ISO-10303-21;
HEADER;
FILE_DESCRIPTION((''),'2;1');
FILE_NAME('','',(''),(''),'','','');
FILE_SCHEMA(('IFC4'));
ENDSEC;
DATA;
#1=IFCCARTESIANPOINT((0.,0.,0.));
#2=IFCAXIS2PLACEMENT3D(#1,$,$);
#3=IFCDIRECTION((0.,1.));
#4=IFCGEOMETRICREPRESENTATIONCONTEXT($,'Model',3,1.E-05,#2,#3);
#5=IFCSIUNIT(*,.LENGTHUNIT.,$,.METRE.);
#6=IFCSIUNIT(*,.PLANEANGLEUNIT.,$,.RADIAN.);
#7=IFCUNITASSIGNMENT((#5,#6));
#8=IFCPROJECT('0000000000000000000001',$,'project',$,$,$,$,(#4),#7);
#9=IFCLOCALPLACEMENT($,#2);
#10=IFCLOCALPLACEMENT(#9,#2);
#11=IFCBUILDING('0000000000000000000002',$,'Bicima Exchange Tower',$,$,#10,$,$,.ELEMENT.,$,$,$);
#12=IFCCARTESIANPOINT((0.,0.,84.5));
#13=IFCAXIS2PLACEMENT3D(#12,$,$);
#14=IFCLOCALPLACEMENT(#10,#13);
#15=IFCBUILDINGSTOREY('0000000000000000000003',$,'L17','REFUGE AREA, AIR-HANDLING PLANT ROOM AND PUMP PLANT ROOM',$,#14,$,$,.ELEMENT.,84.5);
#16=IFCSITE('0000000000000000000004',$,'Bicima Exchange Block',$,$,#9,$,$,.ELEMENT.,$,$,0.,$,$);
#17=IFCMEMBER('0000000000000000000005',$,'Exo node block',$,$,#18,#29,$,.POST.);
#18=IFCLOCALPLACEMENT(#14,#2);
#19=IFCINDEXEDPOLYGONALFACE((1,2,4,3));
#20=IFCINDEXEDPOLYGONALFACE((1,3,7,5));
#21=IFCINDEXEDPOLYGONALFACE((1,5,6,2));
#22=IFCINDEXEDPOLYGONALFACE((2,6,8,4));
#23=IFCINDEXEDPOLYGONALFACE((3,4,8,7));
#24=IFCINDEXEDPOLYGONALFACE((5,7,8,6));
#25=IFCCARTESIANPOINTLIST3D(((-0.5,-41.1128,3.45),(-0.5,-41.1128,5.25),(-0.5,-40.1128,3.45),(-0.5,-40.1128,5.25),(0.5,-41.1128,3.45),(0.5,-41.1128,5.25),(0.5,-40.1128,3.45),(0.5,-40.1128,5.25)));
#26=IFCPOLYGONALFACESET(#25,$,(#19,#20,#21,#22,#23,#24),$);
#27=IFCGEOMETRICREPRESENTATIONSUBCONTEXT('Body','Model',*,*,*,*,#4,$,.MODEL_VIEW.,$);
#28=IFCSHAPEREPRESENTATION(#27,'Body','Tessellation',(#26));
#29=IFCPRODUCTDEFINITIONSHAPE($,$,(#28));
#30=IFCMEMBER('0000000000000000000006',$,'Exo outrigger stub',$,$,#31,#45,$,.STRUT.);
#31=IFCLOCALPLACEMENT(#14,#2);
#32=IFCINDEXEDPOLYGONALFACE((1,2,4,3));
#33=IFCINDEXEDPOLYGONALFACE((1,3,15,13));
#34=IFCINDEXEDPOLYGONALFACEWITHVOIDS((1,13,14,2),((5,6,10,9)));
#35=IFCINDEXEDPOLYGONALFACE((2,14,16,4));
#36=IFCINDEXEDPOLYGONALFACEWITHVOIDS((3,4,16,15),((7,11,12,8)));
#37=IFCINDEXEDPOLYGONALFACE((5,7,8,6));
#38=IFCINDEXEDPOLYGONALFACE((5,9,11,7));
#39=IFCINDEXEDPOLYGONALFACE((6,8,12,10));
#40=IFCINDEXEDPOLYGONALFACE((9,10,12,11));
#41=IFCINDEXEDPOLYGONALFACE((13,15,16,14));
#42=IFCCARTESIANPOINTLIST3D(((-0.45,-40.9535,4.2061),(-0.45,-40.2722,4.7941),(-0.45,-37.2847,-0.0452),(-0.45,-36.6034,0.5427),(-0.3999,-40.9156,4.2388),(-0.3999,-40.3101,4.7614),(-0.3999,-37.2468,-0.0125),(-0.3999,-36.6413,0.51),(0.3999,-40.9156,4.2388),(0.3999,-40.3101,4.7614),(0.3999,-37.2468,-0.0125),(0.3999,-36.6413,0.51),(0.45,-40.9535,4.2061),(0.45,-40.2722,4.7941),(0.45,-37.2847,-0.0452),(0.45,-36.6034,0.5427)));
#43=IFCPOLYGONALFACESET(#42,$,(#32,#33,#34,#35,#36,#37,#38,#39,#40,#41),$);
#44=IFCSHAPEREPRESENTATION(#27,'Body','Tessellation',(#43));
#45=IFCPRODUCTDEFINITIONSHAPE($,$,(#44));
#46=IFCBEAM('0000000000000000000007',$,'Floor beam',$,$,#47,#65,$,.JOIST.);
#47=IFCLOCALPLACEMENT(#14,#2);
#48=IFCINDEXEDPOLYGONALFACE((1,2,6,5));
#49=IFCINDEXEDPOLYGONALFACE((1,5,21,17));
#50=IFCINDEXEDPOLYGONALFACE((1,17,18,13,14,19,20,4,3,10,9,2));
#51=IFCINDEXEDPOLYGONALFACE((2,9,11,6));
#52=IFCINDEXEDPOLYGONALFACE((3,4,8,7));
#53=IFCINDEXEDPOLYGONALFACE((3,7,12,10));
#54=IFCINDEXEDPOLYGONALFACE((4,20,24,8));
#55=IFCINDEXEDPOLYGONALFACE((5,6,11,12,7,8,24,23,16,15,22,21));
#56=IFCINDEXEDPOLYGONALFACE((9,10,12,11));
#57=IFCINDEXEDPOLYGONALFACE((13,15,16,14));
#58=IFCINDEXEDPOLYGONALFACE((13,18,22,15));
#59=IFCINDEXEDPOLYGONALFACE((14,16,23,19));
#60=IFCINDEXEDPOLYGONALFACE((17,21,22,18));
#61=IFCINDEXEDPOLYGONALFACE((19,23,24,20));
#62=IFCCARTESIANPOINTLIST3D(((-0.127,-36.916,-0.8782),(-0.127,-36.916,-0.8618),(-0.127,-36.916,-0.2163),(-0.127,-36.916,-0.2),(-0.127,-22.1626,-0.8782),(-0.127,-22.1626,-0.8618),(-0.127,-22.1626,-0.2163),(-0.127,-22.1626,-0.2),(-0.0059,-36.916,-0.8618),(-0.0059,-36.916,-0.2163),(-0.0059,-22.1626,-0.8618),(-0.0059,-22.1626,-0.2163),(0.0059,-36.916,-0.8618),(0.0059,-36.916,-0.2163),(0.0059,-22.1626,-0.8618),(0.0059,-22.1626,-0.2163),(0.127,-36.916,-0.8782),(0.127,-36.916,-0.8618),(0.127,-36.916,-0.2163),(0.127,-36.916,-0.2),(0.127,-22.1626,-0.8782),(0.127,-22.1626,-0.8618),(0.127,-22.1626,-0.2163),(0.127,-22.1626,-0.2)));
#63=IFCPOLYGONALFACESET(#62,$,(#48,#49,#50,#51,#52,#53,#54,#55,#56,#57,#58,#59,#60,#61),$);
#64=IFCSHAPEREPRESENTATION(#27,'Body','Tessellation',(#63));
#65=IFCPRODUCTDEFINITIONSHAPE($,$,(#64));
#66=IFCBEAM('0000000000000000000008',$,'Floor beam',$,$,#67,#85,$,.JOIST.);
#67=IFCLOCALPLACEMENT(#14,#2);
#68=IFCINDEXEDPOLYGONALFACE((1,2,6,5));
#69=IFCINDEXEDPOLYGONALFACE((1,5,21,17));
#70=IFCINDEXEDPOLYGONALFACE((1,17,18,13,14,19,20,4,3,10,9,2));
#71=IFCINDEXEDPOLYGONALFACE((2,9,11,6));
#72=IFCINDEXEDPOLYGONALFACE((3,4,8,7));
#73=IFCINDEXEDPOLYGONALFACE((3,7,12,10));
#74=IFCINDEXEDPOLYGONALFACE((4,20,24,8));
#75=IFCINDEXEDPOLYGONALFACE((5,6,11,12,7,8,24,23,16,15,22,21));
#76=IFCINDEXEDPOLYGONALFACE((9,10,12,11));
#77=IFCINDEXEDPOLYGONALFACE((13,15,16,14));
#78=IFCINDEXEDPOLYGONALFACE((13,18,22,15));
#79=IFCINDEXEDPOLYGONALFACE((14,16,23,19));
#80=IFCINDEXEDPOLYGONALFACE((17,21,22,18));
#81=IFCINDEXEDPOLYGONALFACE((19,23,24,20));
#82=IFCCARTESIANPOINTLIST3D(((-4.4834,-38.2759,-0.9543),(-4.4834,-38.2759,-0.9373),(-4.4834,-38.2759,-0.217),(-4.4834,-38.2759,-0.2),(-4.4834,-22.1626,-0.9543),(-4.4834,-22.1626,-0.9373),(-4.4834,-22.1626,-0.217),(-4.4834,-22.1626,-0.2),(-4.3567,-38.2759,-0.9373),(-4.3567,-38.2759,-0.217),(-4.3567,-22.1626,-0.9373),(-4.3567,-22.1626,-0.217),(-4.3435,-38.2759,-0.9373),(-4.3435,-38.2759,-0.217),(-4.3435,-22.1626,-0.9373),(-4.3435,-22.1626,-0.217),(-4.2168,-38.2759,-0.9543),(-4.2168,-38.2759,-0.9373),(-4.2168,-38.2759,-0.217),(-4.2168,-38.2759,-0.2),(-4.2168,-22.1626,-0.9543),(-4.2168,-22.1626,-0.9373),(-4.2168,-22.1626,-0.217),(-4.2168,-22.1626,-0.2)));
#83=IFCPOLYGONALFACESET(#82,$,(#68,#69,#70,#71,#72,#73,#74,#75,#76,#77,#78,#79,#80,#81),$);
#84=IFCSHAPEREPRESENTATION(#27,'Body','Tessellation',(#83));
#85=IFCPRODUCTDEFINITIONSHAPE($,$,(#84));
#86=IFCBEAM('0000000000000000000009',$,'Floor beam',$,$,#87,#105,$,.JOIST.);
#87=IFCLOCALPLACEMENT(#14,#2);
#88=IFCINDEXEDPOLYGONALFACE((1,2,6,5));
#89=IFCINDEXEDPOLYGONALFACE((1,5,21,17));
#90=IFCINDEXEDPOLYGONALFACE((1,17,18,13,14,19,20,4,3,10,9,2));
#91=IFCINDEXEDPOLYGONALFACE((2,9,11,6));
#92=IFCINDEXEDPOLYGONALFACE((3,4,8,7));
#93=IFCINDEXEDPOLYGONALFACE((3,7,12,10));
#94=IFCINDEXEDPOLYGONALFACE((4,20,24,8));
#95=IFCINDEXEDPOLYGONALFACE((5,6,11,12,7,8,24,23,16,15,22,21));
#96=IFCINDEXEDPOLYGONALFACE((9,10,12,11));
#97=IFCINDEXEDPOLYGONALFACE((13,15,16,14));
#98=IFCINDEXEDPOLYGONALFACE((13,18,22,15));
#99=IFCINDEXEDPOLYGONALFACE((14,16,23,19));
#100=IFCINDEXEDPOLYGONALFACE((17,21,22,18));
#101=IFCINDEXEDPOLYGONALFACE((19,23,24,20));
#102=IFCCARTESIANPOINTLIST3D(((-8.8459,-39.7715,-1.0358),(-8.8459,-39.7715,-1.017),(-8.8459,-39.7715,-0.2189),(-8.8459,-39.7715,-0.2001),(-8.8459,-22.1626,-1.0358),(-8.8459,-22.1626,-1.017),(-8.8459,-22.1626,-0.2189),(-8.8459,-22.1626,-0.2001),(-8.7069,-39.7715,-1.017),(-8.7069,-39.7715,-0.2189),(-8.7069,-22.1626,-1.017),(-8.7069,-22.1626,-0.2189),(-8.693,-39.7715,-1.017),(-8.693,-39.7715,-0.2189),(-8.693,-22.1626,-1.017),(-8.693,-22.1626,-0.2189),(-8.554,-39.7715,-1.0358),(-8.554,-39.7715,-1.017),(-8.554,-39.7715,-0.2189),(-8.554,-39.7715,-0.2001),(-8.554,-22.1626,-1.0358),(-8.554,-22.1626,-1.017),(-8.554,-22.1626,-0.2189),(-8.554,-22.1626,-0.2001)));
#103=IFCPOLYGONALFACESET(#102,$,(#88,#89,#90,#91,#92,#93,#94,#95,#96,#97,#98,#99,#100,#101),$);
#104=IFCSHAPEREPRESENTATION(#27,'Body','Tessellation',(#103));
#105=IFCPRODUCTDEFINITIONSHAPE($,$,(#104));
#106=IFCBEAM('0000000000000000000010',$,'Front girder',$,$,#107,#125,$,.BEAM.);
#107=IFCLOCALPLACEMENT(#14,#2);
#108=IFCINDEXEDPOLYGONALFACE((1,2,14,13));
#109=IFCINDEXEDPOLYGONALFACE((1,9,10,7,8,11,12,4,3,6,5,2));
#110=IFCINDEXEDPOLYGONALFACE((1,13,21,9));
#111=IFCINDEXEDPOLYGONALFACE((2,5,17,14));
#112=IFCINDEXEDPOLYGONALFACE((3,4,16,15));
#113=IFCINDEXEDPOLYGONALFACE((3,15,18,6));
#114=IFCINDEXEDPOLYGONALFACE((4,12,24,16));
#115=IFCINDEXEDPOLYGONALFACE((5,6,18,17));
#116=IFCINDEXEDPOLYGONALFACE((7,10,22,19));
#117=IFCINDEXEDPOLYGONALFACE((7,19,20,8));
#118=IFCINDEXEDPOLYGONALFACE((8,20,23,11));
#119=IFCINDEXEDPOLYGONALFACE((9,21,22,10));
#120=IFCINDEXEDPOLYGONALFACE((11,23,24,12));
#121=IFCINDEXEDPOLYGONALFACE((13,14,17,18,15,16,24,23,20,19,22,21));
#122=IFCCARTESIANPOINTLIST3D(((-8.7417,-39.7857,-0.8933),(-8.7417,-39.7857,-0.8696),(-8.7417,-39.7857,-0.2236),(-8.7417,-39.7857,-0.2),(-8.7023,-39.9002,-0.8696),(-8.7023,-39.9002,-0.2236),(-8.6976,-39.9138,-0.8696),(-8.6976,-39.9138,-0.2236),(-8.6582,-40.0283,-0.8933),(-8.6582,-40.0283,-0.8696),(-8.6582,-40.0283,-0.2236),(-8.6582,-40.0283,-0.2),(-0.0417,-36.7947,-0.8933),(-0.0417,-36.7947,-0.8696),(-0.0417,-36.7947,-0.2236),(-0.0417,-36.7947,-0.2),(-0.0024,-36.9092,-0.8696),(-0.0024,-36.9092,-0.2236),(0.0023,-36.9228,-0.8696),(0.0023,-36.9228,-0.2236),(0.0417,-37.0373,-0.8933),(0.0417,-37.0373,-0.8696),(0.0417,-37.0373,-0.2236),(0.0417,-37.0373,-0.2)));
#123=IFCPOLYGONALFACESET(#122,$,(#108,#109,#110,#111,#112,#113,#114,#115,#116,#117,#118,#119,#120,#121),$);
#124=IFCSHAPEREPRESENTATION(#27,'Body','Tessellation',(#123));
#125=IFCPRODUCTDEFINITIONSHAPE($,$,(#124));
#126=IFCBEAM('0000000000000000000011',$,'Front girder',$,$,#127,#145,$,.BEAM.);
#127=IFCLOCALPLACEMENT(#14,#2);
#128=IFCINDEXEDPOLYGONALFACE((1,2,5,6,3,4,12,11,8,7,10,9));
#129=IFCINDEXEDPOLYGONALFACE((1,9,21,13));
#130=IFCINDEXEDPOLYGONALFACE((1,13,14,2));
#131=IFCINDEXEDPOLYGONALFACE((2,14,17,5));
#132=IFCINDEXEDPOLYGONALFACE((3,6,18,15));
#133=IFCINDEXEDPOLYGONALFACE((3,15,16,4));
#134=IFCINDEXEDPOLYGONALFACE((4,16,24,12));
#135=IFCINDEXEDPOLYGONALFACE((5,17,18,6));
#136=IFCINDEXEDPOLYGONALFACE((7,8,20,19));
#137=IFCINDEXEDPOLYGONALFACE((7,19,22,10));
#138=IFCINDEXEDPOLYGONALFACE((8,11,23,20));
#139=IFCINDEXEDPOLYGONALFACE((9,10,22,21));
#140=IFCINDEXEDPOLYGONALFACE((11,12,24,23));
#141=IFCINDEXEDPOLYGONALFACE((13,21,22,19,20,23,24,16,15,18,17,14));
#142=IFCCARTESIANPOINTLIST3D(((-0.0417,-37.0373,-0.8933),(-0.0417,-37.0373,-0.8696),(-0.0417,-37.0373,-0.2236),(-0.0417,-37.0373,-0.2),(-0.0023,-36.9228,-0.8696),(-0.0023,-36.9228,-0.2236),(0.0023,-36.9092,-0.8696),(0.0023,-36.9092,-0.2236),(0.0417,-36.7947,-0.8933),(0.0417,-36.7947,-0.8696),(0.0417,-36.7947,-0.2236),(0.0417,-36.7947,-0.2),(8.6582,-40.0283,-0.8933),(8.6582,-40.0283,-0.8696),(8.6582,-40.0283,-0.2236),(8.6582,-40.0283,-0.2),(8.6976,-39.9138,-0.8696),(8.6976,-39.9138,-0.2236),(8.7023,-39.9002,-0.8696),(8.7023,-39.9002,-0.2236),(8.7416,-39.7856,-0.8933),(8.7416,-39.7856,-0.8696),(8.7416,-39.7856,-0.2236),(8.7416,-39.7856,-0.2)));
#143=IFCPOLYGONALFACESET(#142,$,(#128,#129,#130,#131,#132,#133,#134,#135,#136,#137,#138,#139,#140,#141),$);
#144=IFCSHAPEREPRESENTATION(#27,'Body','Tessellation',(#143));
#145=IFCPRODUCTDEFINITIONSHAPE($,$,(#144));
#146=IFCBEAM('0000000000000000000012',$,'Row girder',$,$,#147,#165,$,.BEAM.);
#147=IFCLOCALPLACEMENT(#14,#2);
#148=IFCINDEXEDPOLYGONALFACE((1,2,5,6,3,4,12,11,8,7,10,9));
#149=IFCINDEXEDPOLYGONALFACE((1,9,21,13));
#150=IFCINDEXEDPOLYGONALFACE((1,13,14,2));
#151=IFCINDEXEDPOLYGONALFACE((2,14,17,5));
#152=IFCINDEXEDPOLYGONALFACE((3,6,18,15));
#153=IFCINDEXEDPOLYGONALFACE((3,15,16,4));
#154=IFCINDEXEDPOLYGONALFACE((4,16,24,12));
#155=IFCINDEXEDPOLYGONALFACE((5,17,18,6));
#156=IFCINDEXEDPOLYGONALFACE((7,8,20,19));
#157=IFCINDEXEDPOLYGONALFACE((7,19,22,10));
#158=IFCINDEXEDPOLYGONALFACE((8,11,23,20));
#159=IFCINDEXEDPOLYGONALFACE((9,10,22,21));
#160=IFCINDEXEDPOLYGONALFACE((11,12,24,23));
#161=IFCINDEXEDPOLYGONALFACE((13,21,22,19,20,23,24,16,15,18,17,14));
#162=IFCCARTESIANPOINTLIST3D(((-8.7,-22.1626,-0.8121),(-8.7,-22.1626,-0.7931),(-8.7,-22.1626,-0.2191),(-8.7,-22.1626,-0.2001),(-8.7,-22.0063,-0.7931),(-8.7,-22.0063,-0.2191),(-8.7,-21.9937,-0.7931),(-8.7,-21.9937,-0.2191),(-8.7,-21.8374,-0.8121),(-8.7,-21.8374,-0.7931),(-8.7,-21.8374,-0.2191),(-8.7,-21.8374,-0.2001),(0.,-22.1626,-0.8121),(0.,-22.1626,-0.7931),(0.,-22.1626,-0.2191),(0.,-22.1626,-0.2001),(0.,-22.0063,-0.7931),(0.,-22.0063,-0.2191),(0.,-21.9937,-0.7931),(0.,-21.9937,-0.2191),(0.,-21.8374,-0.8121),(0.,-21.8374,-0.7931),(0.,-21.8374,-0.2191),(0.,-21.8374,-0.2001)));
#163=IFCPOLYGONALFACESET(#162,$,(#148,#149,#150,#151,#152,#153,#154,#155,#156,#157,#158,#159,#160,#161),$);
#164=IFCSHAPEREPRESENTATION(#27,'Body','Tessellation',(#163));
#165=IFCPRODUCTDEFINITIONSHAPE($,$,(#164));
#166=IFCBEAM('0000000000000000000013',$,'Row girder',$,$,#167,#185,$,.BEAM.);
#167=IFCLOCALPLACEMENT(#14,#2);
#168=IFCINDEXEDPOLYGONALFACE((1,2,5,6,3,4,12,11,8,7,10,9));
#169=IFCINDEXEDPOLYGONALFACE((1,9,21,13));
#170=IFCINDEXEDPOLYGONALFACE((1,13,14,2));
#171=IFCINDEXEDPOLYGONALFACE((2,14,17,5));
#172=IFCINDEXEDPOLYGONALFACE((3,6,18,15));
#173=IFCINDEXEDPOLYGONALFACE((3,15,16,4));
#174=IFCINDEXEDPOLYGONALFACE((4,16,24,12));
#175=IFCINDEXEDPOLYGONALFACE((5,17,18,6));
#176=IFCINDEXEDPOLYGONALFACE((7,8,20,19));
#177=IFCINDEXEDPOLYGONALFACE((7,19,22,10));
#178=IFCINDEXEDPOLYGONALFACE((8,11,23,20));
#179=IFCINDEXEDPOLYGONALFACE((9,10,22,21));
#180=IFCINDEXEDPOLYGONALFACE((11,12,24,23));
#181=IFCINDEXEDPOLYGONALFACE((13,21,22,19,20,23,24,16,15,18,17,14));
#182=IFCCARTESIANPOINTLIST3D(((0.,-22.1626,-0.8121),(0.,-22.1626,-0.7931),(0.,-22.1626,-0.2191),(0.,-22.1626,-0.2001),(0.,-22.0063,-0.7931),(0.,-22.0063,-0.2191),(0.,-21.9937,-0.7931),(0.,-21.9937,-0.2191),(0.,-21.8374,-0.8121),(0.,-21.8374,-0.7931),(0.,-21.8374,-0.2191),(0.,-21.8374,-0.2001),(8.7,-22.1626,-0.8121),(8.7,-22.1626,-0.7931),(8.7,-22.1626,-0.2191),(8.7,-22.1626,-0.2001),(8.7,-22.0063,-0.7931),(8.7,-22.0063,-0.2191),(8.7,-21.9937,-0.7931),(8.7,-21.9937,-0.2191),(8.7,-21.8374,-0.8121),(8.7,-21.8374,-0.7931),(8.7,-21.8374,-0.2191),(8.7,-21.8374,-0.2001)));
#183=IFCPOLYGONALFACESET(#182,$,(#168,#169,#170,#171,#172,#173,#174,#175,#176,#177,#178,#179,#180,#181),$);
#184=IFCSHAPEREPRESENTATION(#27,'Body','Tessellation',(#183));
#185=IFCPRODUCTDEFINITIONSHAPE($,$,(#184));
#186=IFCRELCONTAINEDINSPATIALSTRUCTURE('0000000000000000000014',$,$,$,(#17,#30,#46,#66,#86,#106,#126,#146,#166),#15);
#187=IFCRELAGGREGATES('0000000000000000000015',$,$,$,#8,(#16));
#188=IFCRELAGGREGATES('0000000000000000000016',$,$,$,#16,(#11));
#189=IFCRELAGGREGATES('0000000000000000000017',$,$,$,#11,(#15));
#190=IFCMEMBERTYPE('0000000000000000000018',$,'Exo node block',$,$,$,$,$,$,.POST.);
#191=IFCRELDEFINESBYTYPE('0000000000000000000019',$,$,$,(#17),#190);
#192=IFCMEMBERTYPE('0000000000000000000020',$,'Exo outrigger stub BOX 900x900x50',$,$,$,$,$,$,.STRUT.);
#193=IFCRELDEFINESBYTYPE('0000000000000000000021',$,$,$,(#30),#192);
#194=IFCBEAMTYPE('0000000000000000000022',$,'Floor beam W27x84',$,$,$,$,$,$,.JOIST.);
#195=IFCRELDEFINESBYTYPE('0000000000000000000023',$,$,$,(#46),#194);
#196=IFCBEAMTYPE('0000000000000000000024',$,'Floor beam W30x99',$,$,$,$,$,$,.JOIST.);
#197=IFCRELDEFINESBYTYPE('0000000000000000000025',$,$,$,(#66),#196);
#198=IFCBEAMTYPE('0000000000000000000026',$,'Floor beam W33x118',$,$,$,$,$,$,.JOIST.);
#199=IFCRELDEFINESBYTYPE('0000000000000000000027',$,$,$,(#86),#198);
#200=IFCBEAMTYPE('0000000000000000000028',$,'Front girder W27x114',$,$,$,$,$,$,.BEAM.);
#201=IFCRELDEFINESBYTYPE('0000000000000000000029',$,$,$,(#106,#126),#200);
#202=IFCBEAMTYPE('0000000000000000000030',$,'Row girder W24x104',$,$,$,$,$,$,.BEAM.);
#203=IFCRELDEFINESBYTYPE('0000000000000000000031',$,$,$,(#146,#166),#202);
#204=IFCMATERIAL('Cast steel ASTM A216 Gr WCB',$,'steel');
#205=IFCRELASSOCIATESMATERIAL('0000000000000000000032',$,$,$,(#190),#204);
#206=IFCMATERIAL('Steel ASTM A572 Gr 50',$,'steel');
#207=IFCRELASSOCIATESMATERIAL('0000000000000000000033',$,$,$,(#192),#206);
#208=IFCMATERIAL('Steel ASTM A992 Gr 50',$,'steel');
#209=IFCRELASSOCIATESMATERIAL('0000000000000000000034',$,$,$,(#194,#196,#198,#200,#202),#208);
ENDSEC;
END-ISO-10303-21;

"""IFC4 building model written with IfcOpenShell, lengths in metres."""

from ifc_helpers import new_model, si_unit, direction, frame, origin, origin_2d, place, context, subcontext, project, spatial, rectangle, hollow_rectangle, i_section, extrude, material, material_profile, profile_set, type_object, element, save


model = new_model("IFC4")

# Units and contexts
model_context = context("Model", 3, precision=1e-05, world=origin(), true_north=direction((0.0, 1.0)))
body_context = subcontext(model_context, "Body", "Model", "MODEL_VIEW")
ifc_project = project(units=[si_unit("LENGTHUNIT", "METRE"), si_unit("PLANEANGLEUNIT", "RADIAN")], contexts=[model_context])

# Site, building, storey
site_placement = place(None, origin())
site = spatial("IfcSite", under=ifc_project, at=site_placement, Name="Bicima Exchange Block", CompositionType="ELEMENT", RefElevation=0.0)
building_placement = place(site_placement, origin())
building = spatial("IfcBuilding", under=site, at=building_placement, Name="Bicima Exchange Tower", CompositionType="ELEMENT")
storey_placement = place(building_placement, frame((0.0, 0.0, 84.5)))
storey = spatial("IfcBuildingStorey", under=building, at=storey_placement, Name="L17", Description="REFUGE AREA, AIR-HANDLING PLANT ROOM AND PUMP PLANT ROOM", CompositionType="ELEMENT", Elevation=84.5)

# Shared definitions
ifc_material_1 = material(Name="Steel ASTM A992 Gr 50", Category="steel")

# Members
ifc_material_2 = material(Name="Steel ASTM A572 Gr 50", Category="steel")
ifc_material_3 = material(Name="Cast steel ASTM A216 Gr WCB", Category="steel")
ifc_material_profile_1 = material_profile(ifc_material_3, rectangle(XDim=1.0, YDim=1.0, at=origin_2d()))
ifc_profile_set_1 = profile_set([ifc_material_profile_1], Name="Cast steel ASTM A216 Gr WCB")
member_type_1 = type_object("IfcMemberType", Name="Exo node block", PredefinedType="POST", material=ifc_profile_set_1)
member_1_placement = place(storey_placement, frame((0.0, -40.6128, 3.45), z_axis=(0.0, 0.0, 1.0), x_axis=(1.0, 0.0, 0.0)))
element("IfcMember", 1, at=member_1_placement, inside=storey, type_object=member_type_1, Name="Exo node block", PredefinedType="POST", context=body_context, shape_type="SweptSolid", body=[
    extrude(rectangle(XDim=1.0, YDim=1.0, at=origin_2d()), origin(), (0.0, 0.0, 1.0), 1.8),
])
ifc_material_profile_2 = material_profile(ifc_material_2, hollow_rectangle(XDim=0.8999, YDim=0.8999, WallThickness=0.05, at=origin_2d()))
ifc_profile_set_2 = profile_set([ifc_material_profile_2], Name="Steel ASTM A572 Gr 50")
member_type_2 = type_object("IfcMemberType", Name="Exo outrigger stub BOX 900x900x50", PredefinedType="STRUT", material=ifc_profile_set_2)
member_2_placement = place(storey_placement, frame((0.0, -36.9441, 0.2488), z_axis=(0.0, -0.653333, 0.75707), x_axis=(1.0, 0.0, 0.0)))
element("IfcMember", 2, at=member_2_placement, inside=storey, type_object=member_type_2, Name="Exo outrigger stub", PredefinedType="STRUT", context=body_context, shape_type="SweptSolid", body=[
    extrude(hollow_rectangle(XDim=0.8999, YDim=0.8999, WallThickness=0.05, at=origin_2d()), origin(), (0.0, 0.0, 1.0), 5.6155),
])

# Beams
ifc_material_profile_3 = material_profile(ifc_material_1, i_section(OverallWidth=0.2539, OverallDepth=0.6782, WebThickness=0.0117, FlangeThickness=0.0164, at=origin_2d()))
ifc_profile_set_3 = profile_set([ifc_material_profile_3], Name="Steel ASTM A992 Gr 50")
beam_type_1 = type_object("IfcBeamType", Name="Floor beam W27x84", PredefinedType="JOIST", material=ifc_profile_set_3)
beam_1_placement = place(storey_placement, frame((0.0, -22.1626, -0.5391), z_axis=(0.0, -1.0, 0.0), x_axis=(1.0, 0.0, 0.0)))
element("IfcBeam", 3, at=beam_1_placement, inside=storey, type_object=beam_type_1, Name="Floor beam", PredefinedType="JOIST", context=body_context, shape_type="SweptSolid", body=[
    extrude(i_section(OverallWidth=0.2539, OverallDepth=0.6782, WebThickness=0.0117, FlangeThickness=0.0164, at=origin_2d()), origin(), (0.0, 0.0, 1.0), 14.7534),
])
ifc_material_profile_4 = material_profile(ifc_material_1, i_section(OverallWidth=0.2666, OverallDepth=0.7544, WebThickness=0.0132, FlangeThickness=0.0171, at=origin_2d()))
ifc_profile_set_4 = profile_set([ifc_material_profile_4], Name="Steel ASTM A992 Gr 50")
beam_type_2 = type_object("IfcBeamType", Name="Floor beam W30x99", PredefinedType="JOIST", material=ifc_profile_set_4)
beam_2_placement = place(storey_placement, frame((-4.3501, -22.1626, -0.5771), z_axis=(0.0, -1.0, 0.0), x_axis=(1.0, 0.0, 0.0)))
element("IfcBeam", 4, at=beam_2_placement, inside=storey, type_object=beam_type_2, Name="Floor beam", PredefinedType="JOIST", context=body_context, shape_type="SweptSolid", body=[
    extrude(i_section(OverallWidth=0.2666, OverallDepth=0.7544, WebThickness=0.0132, FlangeThickness=0.0171, at=origin_2d()), origin(), (0.0, 0.0, 1.0), 16.1133),
])
ifc_material_profile_5 = material_profile(ifc_material_1, i_section(OverallWidth=0.292, OverallDepth=0.8357, WebThickness=0.0139, FlangeThickness=0.0188, at=origin_2d()))
ifc_profile_set_5 = profile_set([ifc_material_profile_5], Name="Steel ASTM A992 Gr 50")
beam_type_3 = type_object("IfcBeamType", Name="Floor beam W33x118", PredefinedType="JOIST", material=ifc_profile_set_5)
beam_3_placement = place(storey_placement, frame((-8.7, -22.1626, -0.6179), z_axis=(0.0, -1.0, 0.0), x_axis=(1.0, 0.0, 0.0)))
element("IfcBeam", 5, at=beam_3_placement, inside=storey, type_object=beam_type_3, Name="Floor beam", PredefinedType="JOIST", context=body_context, shape_type="SweptSolid", body=[
    extrude(i_section(OverallWidth=0.292, OverallDepth=0.8357, WebThickness=0.0139, FlangeThickness=0.0188, at=origin_2d()), origin(), (0.0, 0.0, 1.0), 17.6089),
])
ifc_material_profile_6 = material_profile(ifc_material_1, i_section(OverallWidth=0.2566, OverallDepth=0.6934, WebThickness=0.0144, FlangeThickness=0.0237, at=origin_2d()))
ifc_profile_set_6 = profile_set([ifc_material_profile_6], Name="Steel ASTM A992 Gr 50")
beam_type_4 = type_object("IfcBeamType", Name="Front girder W27x114", PredefinedType="BEAM", material=ifc_profile_set_6)
for number, where, z_axis, x_axis, name in (
    (6, (-8.7, -39.907, -0.5466), (0.945675, 0.325115, 0.0), (-0.325115, 0.945675, 0.0), "Front girder"),
    (7, (0.0, -36.916, -0.5466), (0.945675, -0.325115, 0.0), (0.325115, 0.945675, 0.0), "Front girder"),
):
    element("IfcBeam", number, at=place(storey_placement, frame(where, z_axis=z_axis, x_axis=x_axis)), inside=storey, type_object=beam_type_4, Name=name, PredefinedType="BEAM", context=body_context, shape_type="SweptSolid", body=[
        extrude(i_section(OverallWidth=0.2566, OverallDepth=0.6934, WebThickness=0.0144, FlangeThickness=0.0237, at=origin_2d()), origin(), (0.0, 0.0, 1.0), 9.1997),
    ])
ifc_material_profile_7 = material_profile(ifc_material_1, i_section(OverallWidth=0.3252, OverallDepth=0.6121, WebThickness=0.0127, FlangeThickness=0.019, at=origin_2d()))
ifc_profile_set_7 = profile_set([ifc_material_profile_7], Name="Steel ASTM A992 Gr 50")
beam_type_5 = type_object("IfcBeamType", Name="Row girder W24x104", PredefinedType="BEAM", material=ifc_profile_set_7)
for number, where, z_axis, x_axis, name in (
    (8, (-8.7, -22.0, -0.5061), (1.0, 0.0, 0.0), (0.0, 1.0, 0.0), "Row girder"),
    (9, (0.0, -22.0, -0.5061), (1.0, 0.0, 0.0), (0.0, 1.0, 0.0), "Row girder"),
):
    element("IfcBeam", number, at=place(storey_placement, frame(where, z_axis=z_axis, x_axis=x_axis)), inside=storey, type_object=beam_type_5, Name=name, PredefinedType="BEAM", context=body_context, shape_type="SweptSolid", body=[
        extrude(i_section(OverallWidth=0.3252, OverallDepth=0.6121, WebThickness=0.0127, FlangeThickness=0.019, at=origin_2d()), origin(), (0.0, 0.0, 1.0), 8.7),
    ])

save(model, "model.ifc")
